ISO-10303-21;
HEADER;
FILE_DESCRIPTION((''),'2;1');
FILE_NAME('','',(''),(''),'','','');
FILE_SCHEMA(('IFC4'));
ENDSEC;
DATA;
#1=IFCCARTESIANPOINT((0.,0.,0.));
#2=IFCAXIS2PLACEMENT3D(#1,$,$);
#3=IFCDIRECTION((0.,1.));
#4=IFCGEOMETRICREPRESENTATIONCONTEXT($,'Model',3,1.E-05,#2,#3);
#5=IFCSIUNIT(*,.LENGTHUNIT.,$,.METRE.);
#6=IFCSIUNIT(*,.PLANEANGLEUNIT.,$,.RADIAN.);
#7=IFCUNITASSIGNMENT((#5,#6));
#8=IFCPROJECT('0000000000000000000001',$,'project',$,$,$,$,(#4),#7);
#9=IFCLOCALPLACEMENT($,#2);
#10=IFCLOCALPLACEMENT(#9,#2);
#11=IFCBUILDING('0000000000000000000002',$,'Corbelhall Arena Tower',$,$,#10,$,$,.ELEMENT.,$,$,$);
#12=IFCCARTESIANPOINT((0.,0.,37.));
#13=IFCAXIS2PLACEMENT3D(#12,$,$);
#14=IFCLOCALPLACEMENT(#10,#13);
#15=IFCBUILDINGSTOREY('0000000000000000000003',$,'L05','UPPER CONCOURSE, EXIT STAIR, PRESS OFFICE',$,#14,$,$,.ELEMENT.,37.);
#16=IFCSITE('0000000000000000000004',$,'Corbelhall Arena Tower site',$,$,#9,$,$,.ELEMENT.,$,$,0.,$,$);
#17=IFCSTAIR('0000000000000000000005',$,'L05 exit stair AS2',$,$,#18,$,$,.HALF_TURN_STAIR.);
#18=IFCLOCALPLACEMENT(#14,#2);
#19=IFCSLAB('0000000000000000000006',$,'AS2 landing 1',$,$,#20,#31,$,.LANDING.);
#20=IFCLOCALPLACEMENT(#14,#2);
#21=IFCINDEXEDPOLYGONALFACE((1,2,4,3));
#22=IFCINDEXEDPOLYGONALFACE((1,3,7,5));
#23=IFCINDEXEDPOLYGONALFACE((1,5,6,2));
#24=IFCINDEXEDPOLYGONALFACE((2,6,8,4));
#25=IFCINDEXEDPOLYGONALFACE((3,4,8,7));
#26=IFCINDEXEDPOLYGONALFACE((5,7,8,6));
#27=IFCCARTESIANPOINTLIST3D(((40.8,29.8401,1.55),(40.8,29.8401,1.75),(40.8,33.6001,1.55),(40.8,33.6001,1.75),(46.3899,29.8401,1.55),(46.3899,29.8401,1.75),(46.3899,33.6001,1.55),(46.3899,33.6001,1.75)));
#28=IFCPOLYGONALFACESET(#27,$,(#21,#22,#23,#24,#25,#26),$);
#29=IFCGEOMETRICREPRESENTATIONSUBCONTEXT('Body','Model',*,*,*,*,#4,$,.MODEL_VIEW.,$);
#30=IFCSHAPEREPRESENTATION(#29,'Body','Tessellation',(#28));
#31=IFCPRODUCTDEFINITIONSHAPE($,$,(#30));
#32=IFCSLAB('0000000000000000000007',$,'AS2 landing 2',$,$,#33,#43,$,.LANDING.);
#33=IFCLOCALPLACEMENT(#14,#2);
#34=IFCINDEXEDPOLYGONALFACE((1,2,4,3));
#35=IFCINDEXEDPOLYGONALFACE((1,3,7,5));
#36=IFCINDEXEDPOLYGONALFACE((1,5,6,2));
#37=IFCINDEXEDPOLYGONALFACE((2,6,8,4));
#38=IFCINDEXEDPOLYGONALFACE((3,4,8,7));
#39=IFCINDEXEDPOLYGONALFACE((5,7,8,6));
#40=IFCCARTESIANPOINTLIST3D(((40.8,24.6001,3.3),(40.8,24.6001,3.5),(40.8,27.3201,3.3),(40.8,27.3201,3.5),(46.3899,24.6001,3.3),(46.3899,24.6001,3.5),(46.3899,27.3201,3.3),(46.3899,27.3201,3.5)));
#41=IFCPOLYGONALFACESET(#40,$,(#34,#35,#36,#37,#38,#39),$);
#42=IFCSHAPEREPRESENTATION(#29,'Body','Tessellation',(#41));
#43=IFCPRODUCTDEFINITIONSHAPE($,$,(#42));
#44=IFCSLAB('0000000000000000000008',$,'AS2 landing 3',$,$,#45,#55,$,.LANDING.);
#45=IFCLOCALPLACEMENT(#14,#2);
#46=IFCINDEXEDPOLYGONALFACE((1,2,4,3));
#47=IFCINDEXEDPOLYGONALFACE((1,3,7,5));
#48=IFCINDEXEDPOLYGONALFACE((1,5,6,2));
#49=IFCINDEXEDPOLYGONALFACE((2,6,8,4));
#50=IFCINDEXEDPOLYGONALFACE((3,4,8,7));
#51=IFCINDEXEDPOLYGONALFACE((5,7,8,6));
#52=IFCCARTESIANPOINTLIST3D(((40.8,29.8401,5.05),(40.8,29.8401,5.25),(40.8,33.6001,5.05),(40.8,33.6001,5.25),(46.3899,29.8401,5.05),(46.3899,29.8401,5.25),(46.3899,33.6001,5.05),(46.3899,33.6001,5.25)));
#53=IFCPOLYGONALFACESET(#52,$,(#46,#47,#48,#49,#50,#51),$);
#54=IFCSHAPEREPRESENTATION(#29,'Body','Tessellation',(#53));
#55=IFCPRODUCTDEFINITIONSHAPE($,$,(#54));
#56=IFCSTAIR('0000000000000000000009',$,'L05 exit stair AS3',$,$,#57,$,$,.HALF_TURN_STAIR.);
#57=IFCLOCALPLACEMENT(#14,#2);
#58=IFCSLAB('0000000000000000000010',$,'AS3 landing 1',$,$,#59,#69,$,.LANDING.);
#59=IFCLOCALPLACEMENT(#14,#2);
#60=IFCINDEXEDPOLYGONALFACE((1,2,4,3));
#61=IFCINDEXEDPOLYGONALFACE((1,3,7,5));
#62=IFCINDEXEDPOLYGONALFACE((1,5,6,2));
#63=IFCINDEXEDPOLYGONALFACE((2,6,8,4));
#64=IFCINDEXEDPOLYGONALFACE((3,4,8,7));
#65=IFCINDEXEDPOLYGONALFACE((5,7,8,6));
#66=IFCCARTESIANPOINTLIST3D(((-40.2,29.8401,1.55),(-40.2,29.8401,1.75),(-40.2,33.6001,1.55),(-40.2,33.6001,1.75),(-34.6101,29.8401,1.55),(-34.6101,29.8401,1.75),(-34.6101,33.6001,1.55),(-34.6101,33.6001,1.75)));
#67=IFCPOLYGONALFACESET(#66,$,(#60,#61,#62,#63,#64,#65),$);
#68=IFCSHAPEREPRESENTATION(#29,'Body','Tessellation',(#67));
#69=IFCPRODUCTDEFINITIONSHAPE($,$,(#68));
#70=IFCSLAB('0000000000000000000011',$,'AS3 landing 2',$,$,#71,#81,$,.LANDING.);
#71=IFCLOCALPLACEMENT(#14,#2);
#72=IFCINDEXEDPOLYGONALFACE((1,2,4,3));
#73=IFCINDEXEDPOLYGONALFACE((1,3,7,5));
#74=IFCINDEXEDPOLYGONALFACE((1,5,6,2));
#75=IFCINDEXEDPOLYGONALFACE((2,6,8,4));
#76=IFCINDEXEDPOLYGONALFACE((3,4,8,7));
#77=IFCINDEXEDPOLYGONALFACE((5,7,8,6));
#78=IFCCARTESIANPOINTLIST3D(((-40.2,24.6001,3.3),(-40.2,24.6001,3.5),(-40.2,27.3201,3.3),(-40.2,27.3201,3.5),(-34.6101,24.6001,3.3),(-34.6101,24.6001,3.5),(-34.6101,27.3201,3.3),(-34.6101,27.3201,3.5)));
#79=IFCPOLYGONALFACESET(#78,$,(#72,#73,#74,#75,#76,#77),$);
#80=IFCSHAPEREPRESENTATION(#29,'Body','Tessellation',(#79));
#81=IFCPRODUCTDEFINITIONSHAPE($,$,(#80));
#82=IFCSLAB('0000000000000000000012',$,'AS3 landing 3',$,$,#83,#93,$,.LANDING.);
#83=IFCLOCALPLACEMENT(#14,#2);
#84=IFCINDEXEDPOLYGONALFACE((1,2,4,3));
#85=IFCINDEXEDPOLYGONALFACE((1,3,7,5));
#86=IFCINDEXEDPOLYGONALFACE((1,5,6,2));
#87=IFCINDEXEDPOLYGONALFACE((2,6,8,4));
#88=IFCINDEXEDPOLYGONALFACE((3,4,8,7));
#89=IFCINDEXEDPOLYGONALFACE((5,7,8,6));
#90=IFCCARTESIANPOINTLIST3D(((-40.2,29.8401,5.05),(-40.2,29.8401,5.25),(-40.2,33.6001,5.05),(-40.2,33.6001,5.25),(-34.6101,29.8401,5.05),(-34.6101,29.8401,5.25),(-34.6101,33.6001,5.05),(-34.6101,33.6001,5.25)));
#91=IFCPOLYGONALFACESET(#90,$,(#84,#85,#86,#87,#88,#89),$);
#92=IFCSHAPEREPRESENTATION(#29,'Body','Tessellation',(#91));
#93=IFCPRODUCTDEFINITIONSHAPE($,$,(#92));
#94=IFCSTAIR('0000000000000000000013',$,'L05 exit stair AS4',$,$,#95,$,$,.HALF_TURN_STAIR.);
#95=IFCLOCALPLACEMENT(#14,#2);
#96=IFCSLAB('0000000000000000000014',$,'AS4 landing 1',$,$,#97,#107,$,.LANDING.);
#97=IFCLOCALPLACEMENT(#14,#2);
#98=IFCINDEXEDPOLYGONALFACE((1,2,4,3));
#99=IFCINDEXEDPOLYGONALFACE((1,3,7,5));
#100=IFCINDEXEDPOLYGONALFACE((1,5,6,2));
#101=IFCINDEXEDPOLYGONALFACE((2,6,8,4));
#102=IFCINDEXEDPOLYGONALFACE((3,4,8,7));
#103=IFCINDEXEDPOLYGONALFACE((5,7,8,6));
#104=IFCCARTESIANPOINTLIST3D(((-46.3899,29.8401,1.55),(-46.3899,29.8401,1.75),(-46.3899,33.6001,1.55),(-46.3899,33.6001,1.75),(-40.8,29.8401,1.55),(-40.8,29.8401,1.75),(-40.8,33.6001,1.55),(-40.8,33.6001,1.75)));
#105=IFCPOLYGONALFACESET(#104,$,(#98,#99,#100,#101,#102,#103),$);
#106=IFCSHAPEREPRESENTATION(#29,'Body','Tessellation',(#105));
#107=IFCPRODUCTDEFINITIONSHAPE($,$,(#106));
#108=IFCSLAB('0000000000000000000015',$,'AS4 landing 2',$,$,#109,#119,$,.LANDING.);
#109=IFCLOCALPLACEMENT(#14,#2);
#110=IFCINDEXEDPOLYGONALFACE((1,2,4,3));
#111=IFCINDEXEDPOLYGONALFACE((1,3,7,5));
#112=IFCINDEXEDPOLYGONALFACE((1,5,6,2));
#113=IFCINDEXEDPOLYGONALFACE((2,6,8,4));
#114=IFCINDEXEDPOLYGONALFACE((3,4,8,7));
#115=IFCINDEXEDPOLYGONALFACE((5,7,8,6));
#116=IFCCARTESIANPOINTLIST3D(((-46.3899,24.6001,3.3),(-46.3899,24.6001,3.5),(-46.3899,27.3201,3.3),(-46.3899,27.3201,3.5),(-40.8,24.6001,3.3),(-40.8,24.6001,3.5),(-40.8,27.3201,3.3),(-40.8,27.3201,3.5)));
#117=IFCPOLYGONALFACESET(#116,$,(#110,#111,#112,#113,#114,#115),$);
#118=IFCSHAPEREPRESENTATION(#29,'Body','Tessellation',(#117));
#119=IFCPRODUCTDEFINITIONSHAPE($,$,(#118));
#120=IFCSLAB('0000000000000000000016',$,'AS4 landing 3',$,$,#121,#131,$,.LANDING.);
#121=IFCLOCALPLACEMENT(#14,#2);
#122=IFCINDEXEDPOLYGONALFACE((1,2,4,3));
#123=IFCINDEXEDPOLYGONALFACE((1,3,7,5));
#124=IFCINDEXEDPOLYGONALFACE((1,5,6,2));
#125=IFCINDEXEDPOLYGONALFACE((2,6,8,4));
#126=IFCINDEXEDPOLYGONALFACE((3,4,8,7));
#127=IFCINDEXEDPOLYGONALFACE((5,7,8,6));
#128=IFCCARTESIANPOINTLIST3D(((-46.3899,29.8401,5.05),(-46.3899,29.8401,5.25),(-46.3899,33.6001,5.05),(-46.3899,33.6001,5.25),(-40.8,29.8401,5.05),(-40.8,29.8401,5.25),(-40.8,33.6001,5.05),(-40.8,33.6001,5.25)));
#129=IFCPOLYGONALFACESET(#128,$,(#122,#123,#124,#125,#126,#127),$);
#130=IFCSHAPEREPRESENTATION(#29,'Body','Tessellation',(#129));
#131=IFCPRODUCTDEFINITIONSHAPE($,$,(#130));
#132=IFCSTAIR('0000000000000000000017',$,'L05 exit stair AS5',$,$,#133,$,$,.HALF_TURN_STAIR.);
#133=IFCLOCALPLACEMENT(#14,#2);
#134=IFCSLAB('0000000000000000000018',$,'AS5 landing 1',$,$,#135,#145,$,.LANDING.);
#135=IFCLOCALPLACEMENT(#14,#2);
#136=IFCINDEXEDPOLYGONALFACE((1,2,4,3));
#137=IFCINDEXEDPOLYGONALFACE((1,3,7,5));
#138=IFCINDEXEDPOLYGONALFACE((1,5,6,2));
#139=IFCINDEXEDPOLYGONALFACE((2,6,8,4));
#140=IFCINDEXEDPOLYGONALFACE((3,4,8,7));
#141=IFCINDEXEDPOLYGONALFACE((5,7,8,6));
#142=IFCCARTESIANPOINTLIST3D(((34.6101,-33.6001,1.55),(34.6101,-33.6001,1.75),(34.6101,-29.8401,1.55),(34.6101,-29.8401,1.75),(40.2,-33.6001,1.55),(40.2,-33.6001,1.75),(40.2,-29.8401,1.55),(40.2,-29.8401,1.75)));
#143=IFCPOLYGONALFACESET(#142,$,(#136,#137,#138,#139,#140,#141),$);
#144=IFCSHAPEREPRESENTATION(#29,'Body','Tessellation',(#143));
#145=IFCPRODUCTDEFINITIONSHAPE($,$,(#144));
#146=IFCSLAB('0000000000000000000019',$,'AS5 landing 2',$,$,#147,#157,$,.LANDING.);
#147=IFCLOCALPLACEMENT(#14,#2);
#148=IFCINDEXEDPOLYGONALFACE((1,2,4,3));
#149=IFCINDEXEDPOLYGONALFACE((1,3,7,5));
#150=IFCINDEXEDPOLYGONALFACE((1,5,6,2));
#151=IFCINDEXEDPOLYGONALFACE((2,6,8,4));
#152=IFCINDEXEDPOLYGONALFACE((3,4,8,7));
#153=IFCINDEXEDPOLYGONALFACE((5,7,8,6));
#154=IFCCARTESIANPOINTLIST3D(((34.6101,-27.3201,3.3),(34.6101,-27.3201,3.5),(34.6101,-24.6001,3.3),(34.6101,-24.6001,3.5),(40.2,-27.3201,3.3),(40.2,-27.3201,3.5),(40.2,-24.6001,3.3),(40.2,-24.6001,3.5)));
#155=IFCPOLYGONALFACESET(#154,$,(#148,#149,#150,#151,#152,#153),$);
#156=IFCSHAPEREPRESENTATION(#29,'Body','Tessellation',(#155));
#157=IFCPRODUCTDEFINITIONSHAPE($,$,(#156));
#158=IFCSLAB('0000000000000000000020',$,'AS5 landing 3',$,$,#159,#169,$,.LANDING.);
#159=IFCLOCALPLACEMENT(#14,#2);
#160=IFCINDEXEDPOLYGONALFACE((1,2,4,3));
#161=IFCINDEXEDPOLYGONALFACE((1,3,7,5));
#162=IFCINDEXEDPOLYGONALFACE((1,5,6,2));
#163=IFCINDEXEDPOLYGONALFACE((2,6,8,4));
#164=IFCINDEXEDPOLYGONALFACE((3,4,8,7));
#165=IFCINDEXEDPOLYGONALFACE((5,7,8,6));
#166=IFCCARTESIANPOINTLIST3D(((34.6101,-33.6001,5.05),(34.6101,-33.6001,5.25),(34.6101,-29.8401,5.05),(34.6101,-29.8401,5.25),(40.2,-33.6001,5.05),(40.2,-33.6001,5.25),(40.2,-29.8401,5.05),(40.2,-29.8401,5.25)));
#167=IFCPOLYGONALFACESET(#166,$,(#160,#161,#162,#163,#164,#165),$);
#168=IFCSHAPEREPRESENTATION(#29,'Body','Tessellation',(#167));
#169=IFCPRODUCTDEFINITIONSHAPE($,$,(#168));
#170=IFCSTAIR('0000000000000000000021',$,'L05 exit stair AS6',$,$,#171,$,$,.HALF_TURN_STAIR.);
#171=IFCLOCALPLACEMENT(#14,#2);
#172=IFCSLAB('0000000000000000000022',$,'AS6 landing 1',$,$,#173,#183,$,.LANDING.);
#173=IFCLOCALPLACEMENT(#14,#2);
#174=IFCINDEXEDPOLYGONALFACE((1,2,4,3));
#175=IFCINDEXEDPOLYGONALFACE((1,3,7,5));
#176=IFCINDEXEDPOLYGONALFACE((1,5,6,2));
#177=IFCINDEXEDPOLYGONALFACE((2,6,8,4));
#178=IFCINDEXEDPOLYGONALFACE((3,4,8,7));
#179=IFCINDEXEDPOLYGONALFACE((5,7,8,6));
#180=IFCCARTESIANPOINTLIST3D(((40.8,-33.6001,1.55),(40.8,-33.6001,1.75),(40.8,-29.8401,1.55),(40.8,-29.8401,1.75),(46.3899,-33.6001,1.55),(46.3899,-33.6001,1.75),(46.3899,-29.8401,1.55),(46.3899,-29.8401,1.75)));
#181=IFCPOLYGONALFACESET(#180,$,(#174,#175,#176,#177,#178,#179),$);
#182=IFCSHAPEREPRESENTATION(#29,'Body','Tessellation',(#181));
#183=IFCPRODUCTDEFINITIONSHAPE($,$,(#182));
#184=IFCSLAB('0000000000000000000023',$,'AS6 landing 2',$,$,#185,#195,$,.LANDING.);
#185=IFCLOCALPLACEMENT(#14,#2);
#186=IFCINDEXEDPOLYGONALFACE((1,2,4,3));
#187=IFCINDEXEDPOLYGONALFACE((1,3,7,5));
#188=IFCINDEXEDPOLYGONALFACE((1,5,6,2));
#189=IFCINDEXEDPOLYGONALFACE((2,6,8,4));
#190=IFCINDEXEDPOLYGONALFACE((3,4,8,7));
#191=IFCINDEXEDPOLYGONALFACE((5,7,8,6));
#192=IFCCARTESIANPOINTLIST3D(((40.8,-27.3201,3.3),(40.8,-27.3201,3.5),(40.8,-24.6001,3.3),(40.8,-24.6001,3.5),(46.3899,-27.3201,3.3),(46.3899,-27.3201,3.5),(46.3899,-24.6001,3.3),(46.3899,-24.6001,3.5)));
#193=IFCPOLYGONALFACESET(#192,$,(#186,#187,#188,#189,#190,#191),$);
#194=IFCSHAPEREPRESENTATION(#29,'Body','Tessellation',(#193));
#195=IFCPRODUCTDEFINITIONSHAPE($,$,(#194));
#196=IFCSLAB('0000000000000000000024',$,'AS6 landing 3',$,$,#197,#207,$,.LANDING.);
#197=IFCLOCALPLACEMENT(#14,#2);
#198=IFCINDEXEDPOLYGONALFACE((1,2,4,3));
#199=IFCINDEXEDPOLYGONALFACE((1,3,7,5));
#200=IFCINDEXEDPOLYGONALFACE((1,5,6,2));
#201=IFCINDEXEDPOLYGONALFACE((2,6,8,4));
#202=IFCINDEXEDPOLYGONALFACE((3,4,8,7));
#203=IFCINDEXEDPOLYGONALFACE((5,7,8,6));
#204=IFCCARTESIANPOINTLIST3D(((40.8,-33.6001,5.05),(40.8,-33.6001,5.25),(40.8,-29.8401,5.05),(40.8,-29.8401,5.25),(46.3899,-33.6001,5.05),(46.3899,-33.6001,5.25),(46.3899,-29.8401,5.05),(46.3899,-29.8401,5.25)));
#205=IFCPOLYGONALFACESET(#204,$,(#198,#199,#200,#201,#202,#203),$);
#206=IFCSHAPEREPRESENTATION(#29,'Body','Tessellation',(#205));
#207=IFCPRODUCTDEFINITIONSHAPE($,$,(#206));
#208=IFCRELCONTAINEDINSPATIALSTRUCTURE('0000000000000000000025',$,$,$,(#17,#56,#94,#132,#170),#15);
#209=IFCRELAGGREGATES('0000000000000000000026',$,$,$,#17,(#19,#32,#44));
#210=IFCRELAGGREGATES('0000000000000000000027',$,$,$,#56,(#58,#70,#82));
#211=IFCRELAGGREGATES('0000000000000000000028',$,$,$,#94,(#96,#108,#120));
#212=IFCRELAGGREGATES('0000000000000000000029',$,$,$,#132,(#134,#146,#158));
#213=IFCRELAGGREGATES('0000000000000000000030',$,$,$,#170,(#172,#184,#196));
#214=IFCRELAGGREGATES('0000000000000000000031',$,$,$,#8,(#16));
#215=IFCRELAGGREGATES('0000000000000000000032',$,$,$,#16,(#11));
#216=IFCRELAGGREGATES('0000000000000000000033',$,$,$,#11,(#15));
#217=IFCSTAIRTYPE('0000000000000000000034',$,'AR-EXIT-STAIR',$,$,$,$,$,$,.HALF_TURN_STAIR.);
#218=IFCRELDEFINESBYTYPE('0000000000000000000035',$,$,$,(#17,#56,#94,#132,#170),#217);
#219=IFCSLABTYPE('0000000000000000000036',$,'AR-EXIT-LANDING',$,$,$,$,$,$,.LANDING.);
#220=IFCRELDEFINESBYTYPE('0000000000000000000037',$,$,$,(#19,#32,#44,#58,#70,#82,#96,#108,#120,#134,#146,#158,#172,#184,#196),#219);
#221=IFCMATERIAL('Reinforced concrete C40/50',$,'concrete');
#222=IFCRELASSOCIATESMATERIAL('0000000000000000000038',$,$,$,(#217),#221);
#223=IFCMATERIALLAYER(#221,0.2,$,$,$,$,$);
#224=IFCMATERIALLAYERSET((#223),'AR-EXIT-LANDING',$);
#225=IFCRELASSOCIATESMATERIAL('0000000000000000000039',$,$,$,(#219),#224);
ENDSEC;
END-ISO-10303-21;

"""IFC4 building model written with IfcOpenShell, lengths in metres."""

from ifc_helpers import new_model, si_unit, direction, frame, origin, place, context, subcontext, project, spatial, polyline, outline, extrude, material, layer, layer_set, type_object, element, aggregate, save


model = new_model("IFC4")

# Units and contexts
model_context = context("Model", 3, precision=1e-05, world=origin(), true_north=direction((0.0, 1.0)))
body_context = subcontext(model_context, "Body", "Model", "MODEL_VIEW")
ifc_project = project(units=[si_unit("LENGTHUNIT", "METRE"), si_unit("PLANEANGLEUNIT", "RADIAN")], contexts=[model_context])

# Site, building, storey
site_placement = place(None, origin())
site = spatial("IfcSite", under=ifc_project, at=site_placement, Name="Corbelhall Arena Tower site", CompositionType="ELEMENT", RefElevation=0.0)
building_placement = place(site_placement, origin())
building = spatial("IfcBuilding", under=site, at=building_placement, Name="Corbelhall Arena Tower", CompositionType="ELEMENT")
storey_placement = place(building_placement, frame((0.0, 0.0, 37.0)))
storey = spatial("IfcBuildingStorey", under=building, at=storey_placement, Name="L05", Description="UPPER CONCOURSE, EXIT STAIR, PRESS OFFICE", CompositionType="ELEMENT", Elevation=37.0)

# Stairs, slabs
ifc_material = material(Name="Reinforced concrete C40/50", Category="concrete")
stair_type = type_object("IfcStairType", Name="AR-EXIT-STAIR", PredefinedType="HALF_TURN_STAIR", material=ifc_material)
stair_1_placement = place(storey_placement, origin())
stair_1 = element("IfcStair", 1, at=stair_1_placement, inside=storey, type_object=stair_type, Name="L05 exit stair AS2", PredefinedType="HALF_TURN_STAIR")
ifc_layer_1 = layer(ifc_material, 0.2)
ifc_layer_set_1 = layer_set([ifc_layer_1], Name="AR-EXIT-LANDING")
slab_type_1 = type_object("IfcSlabType", Name="AR-EXIT-LANDING", PredefinedType="LANDING", material=ifc_layer_set_1)
slab_1_placement = place(storey_placement, frame((0.0, 0.0, 1.55)))
slab_1 = element("IfcSlab", 2, at=slab_1_placement, type_object=slab_type_1, Name="AS2 landing 1", PredefinedType="LANDING", context=body_context, shape_type="SweptSolid", body=[
    extrude(outline(polyline([(46.3899, 29.8401), (46.3899, 33.6001), (40.8, 33.6001), (40.8, 29.8401), (46.3899, 29.8401)])), origin(), (0.0, 0.0, 1.0), 0.2),
])
slab_2_placement = place(storey_placement, frame((0.0, 0.0, 3.3)))
slab_2 = element("IfcSlab", 3, at=slab_2_placement, type_object=slab_type_1, Name="AS2 landing 2", PredefinedType="LANDING", context=body_context, shape_type="SweptSolid", body=[
    extrude(outline(polyline([(46.3899, 24.6001), (46.3899, 27.3201), (40.8, 27.3201), (40.8, 24.6001), (46.3899, 24.6001)])), origin(), (0.0, 0.0, 1.0), 0.2),
])
slab_3_placement = place(storey_placement, frame((0.0, 0.0, 5.05)))
slab_3 = element("IfcSlab", 4, at=slab_3_placement, type_object=slab_type_1, Name="AS2 landing 3", PredefinedType="LANDING", context=body_context, shape_type="SweptSolid", body=[
    extrude(outline(polyline([(46.3899, 29.8401), (46.3899, 33.6001), (40.8, 33.6001), (40.8, 29.8401), (46.3899, 29.8401)])), origin(), (0.0, 0.0, 1.0), 0.2),
])
aggregate(stair_1, [slab_1, slab_2, slab_3])
stair_2_placement = place(storey_placement, origin())
stair_2 = element("IfcStair", 5, at=stair_2_placement, inside=storey, type_object=stair_type, Name="L05 exit stair AS3", PredefinedType="HALF_TURN_STAIR")
slab_4_placement = place(storey_placement, frame((0.0, 0.0, 1.55)))
slab_4 = element("IfcSlab", 6, at=slab_4_placement, type_object=slab_type_1, Name="AS3 landing 1", PredefinedType="LANDING", context=body_context, shape_type="SweptSolid", body=[
    extrude(outline(polyline([(-34.6101, 29.8401), (-34.6101, 33.6001), (-40.2, 33.6001), (-40.2, 29.8401), (-34.6101, 29.8401)])), origin(), (0.0, 0.0, 1.0), 0.2),
])
slab_5_placement = place(storey_placement, frame((0.0, 0.0, 3.3)))
slab_5 = element("IfcSlab", 7, at=slab_5_placement, type_object=slab_type_1, Name="AS3 landing 2", PredefinedType="LANDING", context=body_context, shape_type="SweptSolid", body=[
    extrude(outline(polyline([(-34.6101, 24.6001), (-34.6101, 27.3201), (-40.2, 27.3201), (-40.2, 24.6001), (-34.6101, 24.6001)])), origin(), (0.0, 0.0, 1.0), 0.2),
])
slab_6_placement = place(storey_placement, frame((0.0, 0.0, 5.05)))
slab_6 = element("IfcSlab", 8, at=slab_6_placement, type_object=slab_type_1, Name="AS3 landing 3", PredefinedType="LANDING", context=body_context, shape_type="SweptSolid", body=[
    extrude(outline(polyline([(-34.6101, 29.8401), (-34.6101, 33.6001), (-40.2, 33.6001), (-40.2, 29.8401), (-34.6101, 29.8401)])), origin(), (0.0, 0.0, 1.0), 0.2),
])
aggregate(stair_2, [slab_4, slab_5, slab_6])
stair_3_placement = place(storey_placement, origin())
stair_3 = element("IfcStair", 9, at=stair_3_placement, inside=storey, type_object=stair_type, Name="L05 exit stair AS4", PredefinedType="HALF_TURN_STAIR")
slab_7_placement = place(storey_placement, frame((0.0, 0.0, 1.55)))
slab_7 = element("IfcSlab", 10, at=slab_7_placement, type_object=slab_type_1, Name="AS4 landing 1", PredefinedType="LANDING", context=body_context, shape_type="SweptSolid", body=[
    extrude(outline(polyline([(-40.8, 29.8401), (-40.8, 33.6001), (-46.3899, 33.6001), (-46.3899, 29.8401), (-40.8, 29.8401)])), origin(), (0.0, 0.0, 1.0), 0.2),
])
slab_8_placement = place(storey_placement, frame((0.0, 0.0, 3.3)))
slab_8 = element("IfcSlab", 11, at=slab_8_placement, type_object=slab_type_1, Name="AS4 landing 2", PredefinedType="LANDING", context=body_context, shape_type="SweptSolid", body=[
    extrude(outline(polyline([(-40.8, 24.6001), (-40.8, 27.3201), (-46.3899, 27.3201), (-46.3899, 24.6001), (-40.8, 24.6001)])), origin(), (0.0, 0.0, 1.0), 0.2),
])
slab_9_placement = place(storey_placement, frame((0.0, 0.0, 5.05)))
slab_9 = element("IfcSlab", 12, at=slab_9_placement, type_object=slab_type_1, Name="AS4 landing 3", PredefinedType="LANDING", context=body_context, shape_type="SweptSolid", body=[
    extrude(outline(polyline([(-40.8, 29.8401), (-40.8, 33.6001), (-46.3899, 33.6001), (-46.3899, 29.8401), (-40.8, 29.8401)])), origin(), (0.0, 0.0, 1.0), 0.2),
])
aggregate(stair_3, [slab_7, slab_8, slab_9])
stair_4_placement = place(storey_placement, origin())
stair_4 = element("IfcStair", 13, at=stair_4_placement, inside=storey, type_object=stair_type, Name="L05 exit stair AS5", PredefinedType="HALF_TURN_STAIR")
slab_10_placement = place(storey_placement, frame((0.0, 0.0, 1.55)))
slab_10 = element("IfcSlab", 14, at=slab_10_placement, type_object=slab_type_1, Name="AS5 landing 1", PredefinedType="LANDING", context=body_context, shape_type="SweptSolid", body=[
    extrude(outline(polyline([(34.6101, -29.8401), (34.6101, -33.6001), (40.2, -33.6001), (40.2, -29.8401), (34.6101, -29.8401)])), origin(), (0.0, 0.0, 1.0), 0.2),
])
slab_11_placement = place(storey_placement, frame((0.0, 0.0, 3.3)))
slab_11 = element("IfcSlab", 15, at=slab_11_placement, type_object=slab_type_1, Name="AS5 landing 2", PredefinedType="LANDING", context=body_context, shape_type="SweptSolid", body=[
    extrude(outline(polyline([(34.6101, -24.6001), (34.6101, -27.3201), (40.2, -27.3201), (40.2, -24.6001), (34.6101, -24.6001)])), origin(), (0.0, 0.0, 1.0), 0.2),
])
slab_12_placement = place(storey_placement, frame((0.0, 0.0, 5.05)))
slab_12 = element("IfcSlab", 16, at=slab_12_placement, type_object=slab_type_1, Name="AS5 landing 3", PredefinedType="LANDING", context=body_context, shape_type="SweptSolid", body=[
    extrude(outline(polyline([(34.6101, -29.8401), (34.6101, -33.6001), (40.2, -33.6001), (40.2, -29.8401), (34.6101, -29.8401)])), origin(), (0.0, 0.0, 1.0), 0.2),
])
aggregate(stair_4, [slab_10, slab_11, slab_12])
stair_5_placement = place(storey_placement, origin())
stair_5 = element("IfcStair", 17, at=stair_5_placement, inside=storey, type_object=stair_type, Name="L05 exit stair AS6", PredefinedType="HALF_TURN_STAIR")
slab_13_placement = place(storey_placement, frame((0.0, 0.0, 1.55)))
slab_13 = element("IfcSlab", 18, at=slab_13_placement, type_object=slab_type_1, Name="AS6 landing 1", PredefinedType="LANDING", context=body_context, shape_type="SweptSolid", body=[
    extrude(outline(polyline([(40.8, -29.8401), (40.8, -33.6001), (46.3899, -33.6001), (46.3899, -29.8401), (40.8, -29.8401)])), origin(), (0.0, 0.0, 1.0), 0.2),
])
slab_14_placement = place(storey_placement, frame((0.0, 0.0, 3.3)))
slab_14 = element("IfcSlab", 19, at=slab_14_placement, type_object=slab_type_1, Name="AS6 landing 2", PredefinedType="LANDING", context=body_context, shape_type="SweptSolid", body=[
    extrude(outline(polyline([(40.8, -24.6001), (40.8, -27.3201), (46.3899, -27.3201), (46.3899, -24.6001), (40.8, -24.6001)])), origin(), (0.0, 0.0, 1.0), 0.2),
])
slab_15_placement = place(storey_placement, frame((0.0, 0.0, 5.05)))
slab_15 = element("IfcSlab", 20, at=slab_15_placement, type_object=slab_type_1, Name="AS6 landing 3", PredefinedType="LANDING", context=body_context, shape_type="SweptSolid", body=[
    extrude(outline(polyline([(40.8, -29.8401), (40.8, -33.6001), (46.3899, -33.6001), (46.3899, -29.8401), (40.8, -29.8401)])), origin(), (0.0, 0.0, 1.0), 0.2),
])
aggregate(stair_5, [slab_13, slab_14, slab_15])

save(model, "model.ifc")
